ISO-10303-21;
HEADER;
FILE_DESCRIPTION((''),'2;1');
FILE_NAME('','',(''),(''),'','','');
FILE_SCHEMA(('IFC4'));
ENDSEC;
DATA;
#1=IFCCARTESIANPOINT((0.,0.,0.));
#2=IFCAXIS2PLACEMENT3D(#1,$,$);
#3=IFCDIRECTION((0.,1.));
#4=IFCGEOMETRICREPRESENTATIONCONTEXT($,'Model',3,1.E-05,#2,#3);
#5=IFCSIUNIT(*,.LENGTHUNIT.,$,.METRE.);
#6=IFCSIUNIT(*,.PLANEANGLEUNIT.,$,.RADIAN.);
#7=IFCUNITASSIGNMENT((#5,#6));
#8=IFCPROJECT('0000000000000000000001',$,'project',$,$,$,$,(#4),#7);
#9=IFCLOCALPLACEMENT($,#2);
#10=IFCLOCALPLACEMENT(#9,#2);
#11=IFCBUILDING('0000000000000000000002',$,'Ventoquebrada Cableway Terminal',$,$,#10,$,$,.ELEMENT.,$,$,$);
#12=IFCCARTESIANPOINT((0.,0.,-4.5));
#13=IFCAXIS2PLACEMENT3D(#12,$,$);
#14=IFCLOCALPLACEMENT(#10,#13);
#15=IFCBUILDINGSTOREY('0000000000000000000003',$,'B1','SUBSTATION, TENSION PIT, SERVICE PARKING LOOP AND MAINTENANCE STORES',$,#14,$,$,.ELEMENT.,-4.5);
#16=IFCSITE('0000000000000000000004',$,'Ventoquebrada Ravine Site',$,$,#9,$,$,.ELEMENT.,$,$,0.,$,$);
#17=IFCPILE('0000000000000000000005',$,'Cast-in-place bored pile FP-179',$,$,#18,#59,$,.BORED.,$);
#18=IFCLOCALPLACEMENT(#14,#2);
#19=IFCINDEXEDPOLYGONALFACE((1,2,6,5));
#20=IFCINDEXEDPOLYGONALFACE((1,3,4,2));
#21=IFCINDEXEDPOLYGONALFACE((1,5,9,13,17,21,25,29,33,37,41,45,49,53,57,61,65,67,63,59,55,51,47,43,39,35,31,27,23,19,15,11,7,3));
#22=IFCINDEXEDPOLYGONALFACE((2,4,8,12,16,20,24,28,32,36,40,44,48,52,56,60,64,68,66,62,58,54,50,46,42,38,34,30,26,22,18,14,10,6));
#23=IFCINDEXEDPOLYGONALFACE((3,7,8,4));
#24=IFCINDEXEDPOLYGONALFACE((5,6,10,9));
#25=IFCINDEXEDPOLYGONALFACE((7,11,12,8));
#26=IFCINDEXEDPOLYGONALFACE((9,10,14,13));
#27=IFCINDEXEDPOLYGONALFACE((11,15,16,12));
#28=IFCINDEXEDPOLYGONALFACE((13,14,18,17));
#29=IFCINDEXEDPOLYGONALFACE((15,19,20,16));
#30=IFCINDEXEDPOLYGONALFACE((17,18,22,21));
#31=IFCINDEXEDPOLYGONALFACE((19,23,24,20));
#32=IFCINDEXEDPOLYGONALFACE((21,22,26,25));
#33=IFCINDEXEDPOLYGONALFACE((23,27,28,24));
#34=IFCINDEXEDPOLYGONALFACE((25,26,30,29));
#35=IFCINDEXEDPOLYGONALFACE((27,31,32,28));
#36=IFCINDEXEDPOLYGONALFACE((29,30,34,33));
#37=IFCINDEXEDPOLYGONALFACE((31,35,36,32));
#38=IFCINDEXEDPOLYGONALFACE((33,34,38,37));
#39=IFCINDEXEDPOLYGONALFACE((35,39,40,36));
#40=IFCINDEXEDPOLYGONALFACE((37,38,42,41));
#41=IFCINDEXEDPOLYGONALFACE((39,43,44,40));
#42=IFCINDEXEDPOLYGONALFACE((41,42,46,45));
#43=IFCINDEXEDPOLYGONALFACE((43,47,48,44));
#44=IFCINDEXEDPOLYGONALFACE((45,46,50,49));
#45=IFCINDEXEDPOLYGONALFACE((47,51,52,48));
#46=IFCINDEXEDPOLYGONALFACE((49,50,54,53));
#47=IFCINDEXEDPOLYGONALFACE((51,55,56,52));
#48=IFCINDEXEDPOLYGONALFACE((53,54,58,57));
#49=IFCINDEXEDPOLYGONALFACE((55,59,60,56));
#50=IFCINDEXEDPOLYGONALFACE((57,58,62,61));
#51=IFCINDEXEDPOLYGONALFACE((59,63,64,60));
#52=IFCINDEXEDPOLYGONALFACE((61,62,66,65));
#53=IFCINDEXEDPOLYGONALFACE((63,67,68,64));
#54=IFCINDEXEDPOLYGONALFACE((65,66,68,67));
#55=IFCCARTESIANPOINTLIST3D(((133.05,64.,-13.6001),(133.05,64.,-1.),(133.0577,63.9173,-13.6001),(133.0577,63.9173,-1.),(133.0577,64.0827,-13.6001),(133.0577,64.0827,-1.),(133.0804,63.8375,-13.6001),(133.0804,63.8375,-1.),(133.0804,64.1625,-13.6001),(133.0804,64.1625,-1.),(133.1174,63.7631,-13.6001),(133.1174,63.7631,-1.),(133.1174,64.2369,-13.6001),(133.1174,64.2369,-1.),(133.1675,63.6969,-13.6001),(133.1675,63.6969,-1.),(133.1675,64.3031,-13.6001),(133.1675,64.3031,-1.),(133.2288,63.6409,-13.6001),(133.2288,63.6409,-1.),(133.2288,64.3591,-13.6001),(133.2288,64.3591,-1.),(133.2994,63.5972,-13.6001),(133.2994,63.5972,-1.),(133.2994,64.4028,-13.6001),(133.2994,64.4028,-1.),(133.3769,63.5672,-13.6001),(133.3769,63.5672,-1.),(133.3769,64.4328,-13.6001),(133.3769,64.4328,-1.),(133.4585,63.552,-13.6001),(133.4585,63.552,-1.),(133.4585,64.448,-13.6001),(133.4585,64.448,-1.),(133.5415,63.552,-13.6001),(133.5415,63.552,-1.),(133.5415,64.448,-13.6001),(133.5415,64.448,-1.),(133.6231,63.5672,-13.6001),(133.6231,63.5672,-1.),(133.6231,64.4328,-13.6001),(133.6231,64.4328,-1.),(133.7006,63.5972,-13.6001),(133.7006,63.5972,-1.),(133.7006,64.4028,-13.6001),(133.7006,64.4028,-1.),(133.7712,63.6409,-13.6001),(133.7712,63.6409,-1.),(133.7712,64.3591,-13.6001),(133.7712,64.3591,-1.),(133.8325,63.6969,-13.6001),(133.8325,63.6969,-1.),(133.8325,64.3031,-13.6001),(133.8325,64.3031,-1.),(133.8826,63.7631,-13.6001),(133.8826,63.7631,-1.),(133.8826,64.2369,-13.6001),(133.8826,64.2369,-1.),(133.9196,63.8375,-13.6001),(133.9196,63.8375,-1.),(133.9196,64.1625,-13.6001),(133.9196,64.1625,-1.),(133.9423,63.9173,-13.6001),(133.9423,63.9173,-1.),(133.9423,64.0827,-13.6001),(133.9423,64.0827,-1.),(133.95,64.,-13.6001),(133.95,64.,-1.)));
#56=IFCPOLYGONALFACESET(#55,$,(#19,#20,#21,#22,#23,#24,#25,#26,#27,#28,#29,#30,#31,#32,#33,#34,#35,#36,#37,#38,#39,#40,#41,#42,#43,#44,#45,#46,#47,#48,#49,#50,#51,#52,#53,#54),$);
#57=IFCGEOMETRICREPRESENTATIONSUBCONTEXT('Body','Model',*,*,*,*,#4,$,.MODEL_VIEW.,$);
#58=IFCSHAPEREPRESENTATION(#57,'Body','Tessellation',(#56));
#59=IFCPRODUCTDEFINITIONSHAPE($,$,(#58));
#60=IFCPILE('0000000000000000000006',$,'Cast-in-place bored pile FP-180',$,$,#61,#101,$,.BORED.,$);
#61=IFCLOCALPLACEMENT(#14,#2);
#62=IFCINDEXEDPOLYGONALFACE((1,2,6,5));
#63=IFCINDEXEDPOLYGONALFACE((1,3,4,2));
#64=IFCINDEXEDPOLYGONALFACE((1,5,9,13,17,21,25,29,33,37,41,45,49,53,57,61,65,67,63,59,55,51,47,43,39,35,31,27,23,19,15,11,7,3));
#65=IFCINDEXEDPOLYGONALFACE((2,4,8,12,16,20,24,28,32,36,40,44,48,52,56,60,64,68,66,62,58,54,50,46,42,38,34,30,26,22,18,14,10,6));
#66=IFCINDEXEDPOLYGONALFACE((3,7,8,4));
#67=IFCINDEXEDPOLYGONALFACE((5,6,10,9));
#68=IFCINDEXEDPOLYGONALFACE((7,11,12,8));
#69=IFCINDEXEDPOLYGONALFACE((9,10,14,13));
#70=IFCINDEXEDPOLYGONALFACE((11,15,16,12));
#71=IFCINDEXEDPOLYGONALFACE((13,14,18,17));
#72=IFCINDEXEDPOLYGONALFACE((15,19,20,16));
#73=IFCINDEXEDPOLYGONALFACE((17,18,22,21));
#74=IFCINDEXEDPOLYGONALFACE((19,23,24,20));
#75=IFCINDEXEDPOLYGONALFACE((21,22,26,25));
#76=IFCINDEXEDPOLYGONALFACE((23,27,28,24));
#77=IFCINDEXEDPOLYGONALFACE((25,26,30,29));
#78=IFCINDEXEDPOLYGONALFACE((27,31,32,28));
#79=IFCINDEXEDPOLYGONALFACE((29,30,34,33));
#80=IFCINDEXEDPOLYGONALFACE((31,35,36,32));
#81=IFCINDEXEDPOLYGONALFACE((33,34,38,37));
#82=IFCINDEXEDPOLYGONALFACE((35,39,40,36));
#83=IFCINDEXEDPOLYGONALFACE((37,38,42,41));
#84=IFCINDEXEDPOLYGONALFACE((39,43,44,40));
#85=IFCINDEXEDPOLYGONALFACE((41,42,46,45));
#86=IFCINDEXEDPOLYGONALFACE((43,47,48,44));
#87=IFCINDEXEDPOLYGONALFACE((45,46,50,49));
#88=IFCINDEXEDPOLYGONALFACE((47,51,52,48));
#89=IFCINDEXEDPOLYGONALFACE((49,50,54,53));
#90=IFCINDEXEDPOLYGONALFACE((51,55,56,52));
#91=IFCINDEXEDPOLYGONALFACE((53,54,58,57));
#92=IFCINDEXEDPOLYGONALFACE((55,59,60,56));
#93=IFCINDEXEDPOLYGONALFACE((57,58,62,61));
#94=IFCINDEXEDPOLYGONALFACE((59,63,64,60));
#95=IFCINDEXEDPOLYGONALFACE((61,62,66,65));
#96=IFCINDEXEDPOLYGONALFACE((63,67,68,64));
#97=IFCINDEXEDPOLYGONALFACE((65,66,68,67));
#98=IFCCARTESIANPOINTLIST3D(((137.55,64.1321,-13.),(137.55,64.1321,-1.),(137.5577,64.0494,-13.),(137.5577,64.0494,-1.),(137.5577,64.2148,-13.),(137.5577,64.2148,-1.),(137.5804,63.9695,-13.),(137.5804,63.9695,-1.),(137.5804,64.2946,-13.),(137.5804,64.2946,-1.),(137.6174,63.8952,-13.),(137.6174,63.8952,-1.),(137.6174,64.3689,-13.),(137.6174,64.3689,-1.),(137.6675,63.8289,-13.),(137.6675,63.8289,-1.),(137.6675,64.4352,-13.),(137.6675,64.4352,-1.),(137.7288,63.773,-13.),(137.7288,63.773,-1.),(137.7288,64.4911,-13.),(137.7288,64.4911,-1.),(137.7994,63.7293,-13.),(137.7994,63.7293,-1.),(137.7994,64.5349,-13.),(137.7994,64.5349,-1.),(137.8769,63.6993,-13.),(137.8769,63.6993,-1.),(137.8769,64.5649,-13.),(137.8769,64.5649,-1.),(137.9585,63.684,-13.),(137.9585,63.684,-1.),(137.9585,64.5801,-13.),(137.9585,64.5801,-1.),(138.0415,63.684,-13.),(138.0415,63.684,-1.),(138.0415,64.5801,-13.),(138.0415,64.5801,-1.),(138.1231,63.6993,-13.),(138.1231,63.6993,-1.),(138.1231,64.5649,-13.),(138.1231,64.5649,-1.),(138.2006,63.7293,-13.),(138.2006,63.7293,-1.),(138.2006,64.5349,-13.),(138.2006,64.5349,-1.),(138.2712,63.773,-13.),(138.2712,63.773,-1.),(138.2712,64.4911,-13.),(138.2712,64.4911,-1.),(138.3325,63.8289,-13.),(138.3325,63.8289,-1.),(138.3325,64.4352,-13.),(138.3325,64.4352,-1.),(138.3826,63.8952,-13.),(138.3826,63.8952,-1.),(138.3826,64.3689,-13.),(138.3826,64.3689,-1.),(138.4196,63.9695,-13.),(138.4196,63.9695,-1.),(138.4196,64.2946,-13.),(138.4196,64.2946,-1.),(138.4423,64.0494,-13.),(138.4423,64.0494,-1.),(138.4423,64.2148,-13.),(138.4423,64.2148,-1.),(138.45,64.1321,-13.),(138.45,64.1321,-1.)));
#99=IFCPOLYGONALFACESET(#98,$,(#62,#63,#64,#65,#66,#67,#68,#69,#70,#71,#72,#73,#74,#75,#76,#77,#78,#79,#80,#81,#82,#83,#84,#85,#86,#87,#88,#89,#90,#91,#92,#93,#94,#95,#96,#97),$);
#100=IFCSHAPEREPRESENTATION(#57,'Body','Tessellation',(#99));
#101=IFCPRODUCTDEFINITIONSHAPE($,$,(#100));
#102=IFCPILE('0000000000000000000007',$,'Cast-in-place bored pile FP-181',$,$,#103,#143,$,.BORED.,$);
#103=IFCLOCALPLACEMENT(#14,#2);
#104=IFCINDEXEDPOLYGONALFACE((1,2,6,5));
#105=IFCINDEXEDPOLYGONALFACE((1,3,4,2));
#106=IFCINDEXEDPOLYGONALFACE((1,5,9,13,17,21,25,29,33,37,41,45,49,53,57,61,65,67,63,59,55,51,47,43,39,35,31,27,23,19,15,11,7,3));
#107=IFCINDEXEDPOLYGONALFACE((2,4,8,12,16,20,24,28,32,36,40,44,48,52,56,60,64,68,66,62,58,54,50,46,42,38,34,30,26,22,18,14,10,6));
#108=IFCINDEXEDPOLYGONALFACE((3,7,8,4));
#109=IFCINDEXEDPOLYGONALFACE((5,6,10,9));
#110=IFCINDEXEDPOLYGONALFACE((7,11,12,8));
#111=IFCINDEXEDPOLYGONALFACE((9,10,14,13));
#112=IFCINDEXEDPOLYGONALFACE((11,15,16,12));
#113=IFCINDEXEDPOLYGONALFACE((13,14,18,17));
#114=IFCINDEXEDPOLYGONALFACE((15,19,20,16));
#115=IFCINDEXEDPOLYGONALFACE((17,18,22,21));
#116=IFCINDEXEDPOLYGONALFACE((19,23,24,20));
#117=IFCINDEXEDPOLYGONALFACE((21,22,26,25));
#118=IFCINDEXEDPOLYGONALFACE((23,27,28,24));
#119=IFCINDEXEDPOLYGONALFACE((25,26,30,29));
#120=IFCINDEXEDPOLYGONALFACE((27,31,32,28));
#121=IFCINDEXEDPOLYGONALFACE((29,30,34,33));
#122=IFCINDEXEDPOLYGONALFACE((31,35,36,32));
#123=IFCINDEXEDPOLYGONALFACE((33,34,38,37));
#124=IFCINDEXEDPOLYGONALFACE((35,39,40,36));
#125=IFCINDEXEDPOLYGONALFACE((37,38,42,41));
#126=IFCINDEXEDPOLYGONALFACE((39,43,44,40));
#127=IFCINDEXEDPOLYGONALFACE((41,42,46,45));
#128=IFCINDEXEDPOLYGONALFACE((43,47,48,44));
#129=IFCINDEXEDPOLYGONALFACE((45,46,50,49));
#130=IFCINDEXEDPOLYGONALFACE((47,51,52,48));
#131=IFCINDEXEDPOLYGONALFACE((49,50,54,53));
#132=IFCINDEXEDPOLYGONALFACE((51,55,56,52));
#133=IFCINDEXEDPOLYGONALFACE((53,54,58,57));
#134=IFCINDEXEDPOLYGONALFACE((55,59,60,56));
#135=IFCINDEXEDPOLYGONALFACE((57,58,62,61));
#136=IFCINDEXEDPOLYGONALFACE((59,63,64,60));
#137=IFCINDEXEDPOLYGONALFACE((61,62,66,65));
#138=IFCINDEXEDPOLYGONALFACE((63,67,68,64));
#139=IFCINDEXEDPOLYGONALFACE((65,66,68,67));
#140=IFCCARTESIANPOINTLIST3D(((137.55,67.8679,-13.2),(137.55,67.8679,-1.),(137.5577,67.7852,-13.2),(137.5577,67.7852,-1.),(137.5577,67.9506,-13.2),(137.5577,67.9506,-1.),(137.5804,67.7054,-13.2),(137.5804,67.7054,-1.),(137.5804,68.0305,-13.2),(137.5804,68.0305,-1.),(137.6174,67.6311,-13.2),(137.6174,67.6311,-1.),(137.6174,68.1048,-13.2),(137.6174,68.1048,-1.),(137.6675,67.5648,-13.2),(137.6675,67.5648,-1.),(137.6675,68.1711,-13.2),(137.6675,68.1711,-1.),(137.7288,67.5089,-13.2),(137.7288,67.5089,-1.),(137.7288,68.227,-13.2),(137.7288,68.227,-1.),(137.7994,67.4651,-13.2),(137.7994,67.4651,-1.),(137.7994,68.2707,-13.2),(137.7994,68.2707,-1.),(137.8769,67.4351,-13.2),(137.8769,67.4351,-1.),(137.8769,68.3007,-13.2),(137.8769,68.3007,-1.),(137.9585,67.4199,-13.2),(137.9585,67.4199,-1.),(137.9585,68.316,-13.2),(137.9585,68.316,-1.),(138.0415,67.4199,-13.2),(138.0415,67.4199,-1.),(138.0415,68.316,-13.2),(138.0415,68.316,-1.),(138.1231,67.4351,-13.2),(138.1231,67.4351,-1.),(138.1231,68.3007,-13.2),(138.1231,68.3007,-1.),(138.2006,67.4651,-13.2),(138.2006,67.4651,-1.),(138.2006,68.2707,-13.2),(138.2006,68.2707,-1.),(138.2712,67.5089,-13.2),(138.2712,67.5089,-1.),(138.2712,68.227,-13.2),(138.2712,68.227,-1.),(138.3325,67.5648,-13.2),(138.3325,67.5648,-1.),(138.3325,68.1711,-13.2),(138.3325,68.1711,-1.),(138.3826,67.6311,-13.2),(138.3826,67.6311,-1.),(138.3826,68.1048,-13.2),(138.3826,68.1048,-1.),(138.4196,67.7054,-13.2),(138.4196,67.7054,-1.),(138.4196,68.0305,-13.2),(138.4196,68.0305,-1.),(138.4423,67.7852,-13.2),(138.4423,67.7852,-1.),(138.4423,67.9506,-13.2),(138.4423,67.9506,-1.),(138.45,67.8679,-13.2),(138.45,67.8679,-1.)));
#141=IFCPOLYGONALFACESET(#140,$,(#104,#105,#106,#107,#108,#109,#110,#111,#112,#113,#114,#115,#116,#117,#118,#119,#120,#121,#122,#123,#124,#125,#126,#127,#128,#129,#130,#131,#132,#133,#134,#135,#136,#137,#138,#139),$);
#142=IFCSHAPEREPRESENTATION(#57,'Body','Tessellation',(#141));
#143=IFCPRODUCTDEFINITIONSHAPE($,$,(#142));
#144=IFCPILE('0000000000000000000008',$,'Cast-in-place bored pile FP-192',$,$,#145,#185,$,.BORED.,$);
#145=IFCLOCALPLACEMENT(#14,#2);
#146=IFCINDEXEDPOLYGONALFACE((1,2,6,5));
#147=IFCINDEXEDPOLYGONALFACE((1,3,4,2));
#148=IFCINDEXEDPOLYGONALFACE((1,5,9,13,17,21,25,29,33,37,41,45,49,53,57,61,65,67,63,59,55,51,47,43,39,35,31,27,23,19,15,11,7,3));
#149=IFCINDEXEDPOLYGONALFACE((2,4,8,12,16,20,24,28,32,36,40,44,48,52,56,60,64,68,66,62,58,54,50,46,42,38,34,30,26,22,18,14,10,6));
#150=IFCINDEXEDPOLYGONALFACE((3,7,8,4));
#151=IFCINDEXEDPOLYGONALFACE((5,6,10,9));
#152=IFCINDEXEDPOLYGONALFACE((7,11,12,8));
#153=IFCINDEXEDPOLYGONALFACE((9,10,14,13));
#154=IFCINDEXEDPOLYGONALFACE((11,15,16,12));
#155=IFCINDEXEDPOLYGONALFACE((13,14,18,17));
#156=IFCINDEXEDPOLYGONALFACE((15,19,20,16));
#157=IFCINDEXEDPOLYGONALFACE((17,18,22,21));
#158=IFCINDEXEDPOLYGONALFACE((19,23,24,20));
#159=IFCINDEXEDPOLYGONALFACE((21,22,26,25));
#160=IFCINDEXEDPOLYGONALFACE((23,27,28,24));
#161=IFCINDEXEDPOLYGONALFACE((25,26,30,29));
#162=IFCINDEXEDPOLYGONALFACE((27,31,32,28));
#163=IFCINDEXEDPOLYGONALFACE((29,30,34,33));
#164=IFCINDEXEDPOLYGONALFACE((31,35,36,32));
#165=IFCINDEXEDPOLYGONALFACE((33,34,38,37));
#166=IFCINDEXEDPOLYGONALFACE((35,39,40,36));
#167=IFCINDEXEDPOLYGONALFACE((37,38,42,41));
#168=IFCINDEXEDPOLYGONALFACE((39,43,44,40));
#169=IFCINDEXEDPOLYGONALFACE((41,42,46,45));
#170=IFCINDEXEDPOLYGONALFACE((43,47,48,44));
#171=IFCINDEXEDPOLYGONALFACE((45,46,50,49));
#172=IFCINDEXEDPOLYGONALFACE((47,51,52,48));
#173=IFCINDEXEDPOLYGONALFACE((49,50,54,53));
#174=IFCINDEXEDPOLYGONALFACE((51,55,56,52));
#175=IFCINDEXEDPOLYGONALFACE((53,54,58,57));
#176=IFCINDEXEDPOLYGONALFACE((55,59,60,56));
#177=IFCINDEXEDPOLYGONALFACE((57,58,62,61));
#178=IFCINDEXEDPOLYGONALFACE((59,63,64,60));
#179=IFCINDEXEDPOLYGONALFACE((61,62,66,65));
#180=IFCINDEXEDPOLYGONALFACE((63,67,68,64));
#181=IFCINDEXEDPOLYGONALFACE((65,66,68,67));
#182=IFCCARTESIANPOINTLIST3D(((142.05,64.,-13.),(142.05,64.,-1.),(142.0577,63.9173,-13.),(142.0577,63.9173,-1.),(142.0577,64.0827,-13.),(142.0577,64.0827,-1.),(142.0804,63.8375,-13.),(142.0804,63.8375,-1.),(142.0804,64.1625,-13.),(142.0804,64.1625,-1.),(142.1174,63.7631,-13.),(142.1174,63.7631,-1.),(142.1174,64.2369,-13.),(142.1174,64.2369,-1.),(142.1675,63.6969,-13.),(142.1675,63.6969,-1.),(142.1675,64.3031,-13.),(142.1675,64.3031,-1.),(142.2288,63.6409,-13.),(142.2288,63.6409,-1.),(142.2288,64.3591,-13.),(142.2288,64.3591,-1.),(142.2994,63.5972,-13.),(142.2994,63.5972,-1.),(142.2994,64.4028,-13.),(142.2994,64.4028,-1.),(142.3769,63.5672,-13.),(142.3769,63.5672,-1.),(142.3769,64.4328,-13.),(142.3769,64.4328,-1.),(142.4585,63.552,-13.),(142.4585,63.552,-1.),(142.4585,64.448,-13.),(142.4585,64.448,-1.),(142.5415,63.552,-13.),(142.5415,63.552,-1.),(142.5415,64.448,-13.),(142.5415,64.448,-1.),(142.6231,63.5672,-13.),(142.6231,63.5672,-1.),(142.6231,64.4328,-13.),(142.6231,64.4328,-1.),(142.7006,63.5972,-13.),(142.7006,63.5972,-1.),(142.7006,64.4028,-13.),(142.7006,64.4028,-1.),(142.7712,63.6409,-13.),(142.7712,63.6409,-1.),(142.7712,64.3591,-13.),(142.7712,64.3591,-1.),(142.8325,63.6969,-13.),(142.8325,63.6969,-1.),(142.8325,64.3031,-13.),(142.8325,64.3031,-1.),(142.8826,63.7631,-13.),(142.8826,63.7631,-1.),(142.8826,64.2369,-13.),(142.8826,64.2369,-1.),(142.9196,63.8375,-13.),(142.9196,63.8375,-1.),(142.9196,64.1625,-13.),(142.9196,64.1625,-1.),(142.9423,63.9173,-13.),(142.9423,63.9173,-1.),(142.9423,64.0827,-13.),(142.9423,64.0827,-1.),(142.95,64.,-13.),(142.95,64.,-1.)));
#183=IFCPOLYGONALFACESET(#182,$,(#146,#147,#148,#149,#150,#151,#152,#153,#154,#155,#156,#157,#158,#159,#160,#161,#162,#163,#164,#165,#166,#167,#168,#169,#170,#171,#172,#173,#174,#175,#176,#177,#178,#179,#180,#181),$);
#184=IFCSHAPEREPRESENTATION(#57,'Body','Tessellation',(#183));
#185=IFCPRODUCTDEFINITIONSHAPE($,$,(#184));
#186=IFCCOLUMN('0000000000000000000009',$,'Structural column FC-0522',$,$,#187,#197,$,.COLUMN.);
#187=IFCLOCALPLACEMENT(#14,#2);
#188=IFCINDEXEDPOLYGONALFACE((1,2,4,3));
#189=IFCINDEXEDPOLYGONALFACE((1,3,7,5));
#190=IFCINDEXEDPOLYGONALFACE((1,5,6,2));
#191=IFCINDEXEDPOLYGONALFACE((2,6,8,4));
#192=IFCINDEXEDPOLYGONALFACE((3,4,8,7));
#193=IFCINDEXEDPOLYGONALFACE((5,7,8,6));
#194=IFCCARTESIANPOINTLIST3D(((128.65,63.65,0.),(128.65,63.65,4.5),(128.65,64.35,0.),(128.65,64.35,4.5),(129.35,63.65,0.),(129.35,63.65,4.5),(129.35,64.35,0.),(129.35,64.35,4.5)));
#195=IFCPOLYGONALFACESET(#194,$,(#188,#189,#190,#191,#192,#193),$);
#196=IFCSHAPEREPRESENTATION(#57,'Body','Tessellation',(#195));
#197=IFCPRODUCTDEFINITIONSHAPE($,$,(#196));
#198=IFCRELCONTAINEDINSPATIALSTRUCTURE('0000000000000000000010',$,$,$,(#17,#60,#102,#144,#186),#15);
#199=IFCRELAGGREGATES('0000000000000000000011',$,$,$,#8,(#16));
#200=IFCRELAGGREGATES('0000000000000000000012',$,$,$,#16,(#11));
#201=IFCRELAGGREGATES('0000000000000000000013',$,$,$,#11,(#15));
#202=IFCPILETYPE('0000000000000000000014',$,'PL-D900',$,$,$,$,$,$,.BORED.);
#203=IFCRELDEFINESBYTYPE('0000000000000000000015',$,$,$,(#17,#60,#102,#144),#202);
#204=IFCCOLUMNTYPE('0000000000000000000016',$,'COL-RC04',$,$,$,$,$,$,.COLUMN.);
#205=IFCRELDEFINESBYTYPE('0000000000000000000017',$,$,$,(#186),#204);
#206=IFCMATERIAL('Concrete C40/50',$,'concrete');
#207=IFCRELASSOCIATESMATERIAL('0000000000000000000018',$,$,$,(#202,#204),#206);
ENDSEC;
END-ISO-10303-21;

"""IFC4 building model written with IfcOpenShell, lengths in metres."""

from ifc_helpers import new_model, si_unit, direction, frame, origin, origin_2d, place, context, subcontext, project, spatial, rectangle, circle, extrude, material, material_profile, profile_set, type_object, element, save


model = new_model("IFC4")

# Units and contexts
model_context = context("Model", 3, precision=1e-05, world=origin(), true_north=direction((0.0, 1.0)))
body_context = subcontext(model_context, "Body", "Model", "MODEL_VIEW")
ifc_project = project(units=[si_unit("LENGTHUNIT", "METRE"), si_unit("PLANEANGLEUNIT", "RADIAN")], contexts=[model_context])

# Site, building, storey
site_placement = place(None, origin())
site = spatial("IfcSite", under=ifc_project, at=site_placement, Name="Ventoquebrada Ravine Site", CompositionType="ELEMENT", RefElevation=0.0)
building_placement = place(site_placement, origin())
building = spatial("IfcBuilding", under=site, at=building_placement, Name="Ventoquebrada Cableway Terminal", CompositionType="ELEMENT")
storey_placement = place(building_placement, frame((0.0, 0.0, -4.5)))
storey = spatial("IfcBuildingStorey", under=building, at=storey_placement, Name="B1", Description="SUBSTATION, TENSION PIT, SERVICE PARKING LOOP AND MAINTENANCE STORES", CompositionType="ELEMENT", Elevation=-4.5)

# Shared definitions
ifc_material_1 = material(Name="Concrete C40/50", Category="concrete")

# Piles
ifc_material_profile_1 = material_profile(ifc_material_1, circle(Radius=0.45, at=origin_2d()), Name="PILE-D900")
ifc_profile_set_1 = profile_set([ifc_material_profile_1], Name="Concrete C40/50")
pile_type = type_object("IfcPileType", Name="PL-D900", PredefinedType="BORED", material=ifc_profile_set_1)
pile_1_placement = place(storey_placement, frame((133.5, 64.0, -1.0), z_axis=(0.0, 0.0, -1.0), x_axis=(1.0, 0.0, 0.0)))
element("IfcPile", 1, at=pile_1_placement, inside=storey, type_object=pile_type, Name="Cast-in-place bored pile FP-179", PredefinedType="BORED", context=body_context, shape_type="SweptSolid", body=[
    extrude(circle(Radius=0.45, at=origin_2d()), origin(), (0.0, 0.0, 1.0), 12.6001),
])
pile_2_placement = place(storey_placement, frame((138.0, 64.1321, -1.0), z_axis=(0.0, 0.0, -1.0), x_axis=(1.0, 0.0, 0.0)))
element("IfcPile", 2, at=pile_2_placement, inside=storey, type_object=pile_type, Name="Cast-in-place bored pile FP-180", PredefinedType="BORED", context=body_context, shape_type="SweptSolid", body=[
    extrude(circle(Radius=0.45, at=origin_2d()), origin(), (0.0, 0.0, 1.0), 12.0),
])
pile_3_placement = place(storey_placement, frame((138.0, 67.8679, -1.0), z_axis=(0.0, 0.0, -1.0), x_axis=(1.0, 0.0, 0.0)))
element("IfcPile", 3, at=pile_3_placement, inside=storey, type_object=pile_type, Name="Cast-in-place bored pile FP-181", PredefinedType="BORED", context=body_context, shape_type="SweptSolid", body=[
    extrude(circle(Radius=0.45, at=origin_2d()), origin(), (0.0, 0.0, 1.0), 12.2),
])
pile_4_placement = place(storey_placement, frame((142.5, 64.0, -1.0), z_axis=(0.0, 0.0, -1.0), x_axis=(1.0, 0.0, 0.0)))
element("IfcPile", 4, at=pile_4_placement, inside=storey, type_object=pile_type, Name="Cast-in-place bored pile FP-192", PredefinedType="BORED", context=body_context, shape_type="SweptSolid", body=[
    extrude(circle(Radius=0.45, at=origin_2d()), origin(), (0.0, 0.0, 1.0), 12.0),
])

# Column
ifc_material_profile_2 = material_profile(ifc_material_1, rectangle(XDim=0.7, YDim=0.7, at=origin_2d()), Name="RC-COL-700X700")
ifc_profile_set_2 = profile_set([ifc_material_profile_2], Name="Concrete C40/50")
column_type_1 = type_object("IfcColumnType", Name="COL-RC04", PredefinedType="COLUMN", material=ifc_profile_set_2)
for number, where, z_axis, x_axis, name in (
    (5, (129.0, 64.0, 0.0), (0.0, 0.0, 1.0), (1.0, 0.0, 0.0), "Structural column FC-0522"),
):
    element("IfcColumn", number, at=place(storey_placement, frame(where, z_axis=z_axis, x_axis=x_axis)), inside=storey, type_object=column_type_1, Name=name, PredefinedType="COLUMN", context=body_context, shape_type="SweptSolid", body=[
        extrude(rectangle(XDim=0.7, YDim=0.7, at=origin_2d()), origin(), (0.0, 0.0, 1.0), 4.5),
    ])

save(model, "model.ifc")
